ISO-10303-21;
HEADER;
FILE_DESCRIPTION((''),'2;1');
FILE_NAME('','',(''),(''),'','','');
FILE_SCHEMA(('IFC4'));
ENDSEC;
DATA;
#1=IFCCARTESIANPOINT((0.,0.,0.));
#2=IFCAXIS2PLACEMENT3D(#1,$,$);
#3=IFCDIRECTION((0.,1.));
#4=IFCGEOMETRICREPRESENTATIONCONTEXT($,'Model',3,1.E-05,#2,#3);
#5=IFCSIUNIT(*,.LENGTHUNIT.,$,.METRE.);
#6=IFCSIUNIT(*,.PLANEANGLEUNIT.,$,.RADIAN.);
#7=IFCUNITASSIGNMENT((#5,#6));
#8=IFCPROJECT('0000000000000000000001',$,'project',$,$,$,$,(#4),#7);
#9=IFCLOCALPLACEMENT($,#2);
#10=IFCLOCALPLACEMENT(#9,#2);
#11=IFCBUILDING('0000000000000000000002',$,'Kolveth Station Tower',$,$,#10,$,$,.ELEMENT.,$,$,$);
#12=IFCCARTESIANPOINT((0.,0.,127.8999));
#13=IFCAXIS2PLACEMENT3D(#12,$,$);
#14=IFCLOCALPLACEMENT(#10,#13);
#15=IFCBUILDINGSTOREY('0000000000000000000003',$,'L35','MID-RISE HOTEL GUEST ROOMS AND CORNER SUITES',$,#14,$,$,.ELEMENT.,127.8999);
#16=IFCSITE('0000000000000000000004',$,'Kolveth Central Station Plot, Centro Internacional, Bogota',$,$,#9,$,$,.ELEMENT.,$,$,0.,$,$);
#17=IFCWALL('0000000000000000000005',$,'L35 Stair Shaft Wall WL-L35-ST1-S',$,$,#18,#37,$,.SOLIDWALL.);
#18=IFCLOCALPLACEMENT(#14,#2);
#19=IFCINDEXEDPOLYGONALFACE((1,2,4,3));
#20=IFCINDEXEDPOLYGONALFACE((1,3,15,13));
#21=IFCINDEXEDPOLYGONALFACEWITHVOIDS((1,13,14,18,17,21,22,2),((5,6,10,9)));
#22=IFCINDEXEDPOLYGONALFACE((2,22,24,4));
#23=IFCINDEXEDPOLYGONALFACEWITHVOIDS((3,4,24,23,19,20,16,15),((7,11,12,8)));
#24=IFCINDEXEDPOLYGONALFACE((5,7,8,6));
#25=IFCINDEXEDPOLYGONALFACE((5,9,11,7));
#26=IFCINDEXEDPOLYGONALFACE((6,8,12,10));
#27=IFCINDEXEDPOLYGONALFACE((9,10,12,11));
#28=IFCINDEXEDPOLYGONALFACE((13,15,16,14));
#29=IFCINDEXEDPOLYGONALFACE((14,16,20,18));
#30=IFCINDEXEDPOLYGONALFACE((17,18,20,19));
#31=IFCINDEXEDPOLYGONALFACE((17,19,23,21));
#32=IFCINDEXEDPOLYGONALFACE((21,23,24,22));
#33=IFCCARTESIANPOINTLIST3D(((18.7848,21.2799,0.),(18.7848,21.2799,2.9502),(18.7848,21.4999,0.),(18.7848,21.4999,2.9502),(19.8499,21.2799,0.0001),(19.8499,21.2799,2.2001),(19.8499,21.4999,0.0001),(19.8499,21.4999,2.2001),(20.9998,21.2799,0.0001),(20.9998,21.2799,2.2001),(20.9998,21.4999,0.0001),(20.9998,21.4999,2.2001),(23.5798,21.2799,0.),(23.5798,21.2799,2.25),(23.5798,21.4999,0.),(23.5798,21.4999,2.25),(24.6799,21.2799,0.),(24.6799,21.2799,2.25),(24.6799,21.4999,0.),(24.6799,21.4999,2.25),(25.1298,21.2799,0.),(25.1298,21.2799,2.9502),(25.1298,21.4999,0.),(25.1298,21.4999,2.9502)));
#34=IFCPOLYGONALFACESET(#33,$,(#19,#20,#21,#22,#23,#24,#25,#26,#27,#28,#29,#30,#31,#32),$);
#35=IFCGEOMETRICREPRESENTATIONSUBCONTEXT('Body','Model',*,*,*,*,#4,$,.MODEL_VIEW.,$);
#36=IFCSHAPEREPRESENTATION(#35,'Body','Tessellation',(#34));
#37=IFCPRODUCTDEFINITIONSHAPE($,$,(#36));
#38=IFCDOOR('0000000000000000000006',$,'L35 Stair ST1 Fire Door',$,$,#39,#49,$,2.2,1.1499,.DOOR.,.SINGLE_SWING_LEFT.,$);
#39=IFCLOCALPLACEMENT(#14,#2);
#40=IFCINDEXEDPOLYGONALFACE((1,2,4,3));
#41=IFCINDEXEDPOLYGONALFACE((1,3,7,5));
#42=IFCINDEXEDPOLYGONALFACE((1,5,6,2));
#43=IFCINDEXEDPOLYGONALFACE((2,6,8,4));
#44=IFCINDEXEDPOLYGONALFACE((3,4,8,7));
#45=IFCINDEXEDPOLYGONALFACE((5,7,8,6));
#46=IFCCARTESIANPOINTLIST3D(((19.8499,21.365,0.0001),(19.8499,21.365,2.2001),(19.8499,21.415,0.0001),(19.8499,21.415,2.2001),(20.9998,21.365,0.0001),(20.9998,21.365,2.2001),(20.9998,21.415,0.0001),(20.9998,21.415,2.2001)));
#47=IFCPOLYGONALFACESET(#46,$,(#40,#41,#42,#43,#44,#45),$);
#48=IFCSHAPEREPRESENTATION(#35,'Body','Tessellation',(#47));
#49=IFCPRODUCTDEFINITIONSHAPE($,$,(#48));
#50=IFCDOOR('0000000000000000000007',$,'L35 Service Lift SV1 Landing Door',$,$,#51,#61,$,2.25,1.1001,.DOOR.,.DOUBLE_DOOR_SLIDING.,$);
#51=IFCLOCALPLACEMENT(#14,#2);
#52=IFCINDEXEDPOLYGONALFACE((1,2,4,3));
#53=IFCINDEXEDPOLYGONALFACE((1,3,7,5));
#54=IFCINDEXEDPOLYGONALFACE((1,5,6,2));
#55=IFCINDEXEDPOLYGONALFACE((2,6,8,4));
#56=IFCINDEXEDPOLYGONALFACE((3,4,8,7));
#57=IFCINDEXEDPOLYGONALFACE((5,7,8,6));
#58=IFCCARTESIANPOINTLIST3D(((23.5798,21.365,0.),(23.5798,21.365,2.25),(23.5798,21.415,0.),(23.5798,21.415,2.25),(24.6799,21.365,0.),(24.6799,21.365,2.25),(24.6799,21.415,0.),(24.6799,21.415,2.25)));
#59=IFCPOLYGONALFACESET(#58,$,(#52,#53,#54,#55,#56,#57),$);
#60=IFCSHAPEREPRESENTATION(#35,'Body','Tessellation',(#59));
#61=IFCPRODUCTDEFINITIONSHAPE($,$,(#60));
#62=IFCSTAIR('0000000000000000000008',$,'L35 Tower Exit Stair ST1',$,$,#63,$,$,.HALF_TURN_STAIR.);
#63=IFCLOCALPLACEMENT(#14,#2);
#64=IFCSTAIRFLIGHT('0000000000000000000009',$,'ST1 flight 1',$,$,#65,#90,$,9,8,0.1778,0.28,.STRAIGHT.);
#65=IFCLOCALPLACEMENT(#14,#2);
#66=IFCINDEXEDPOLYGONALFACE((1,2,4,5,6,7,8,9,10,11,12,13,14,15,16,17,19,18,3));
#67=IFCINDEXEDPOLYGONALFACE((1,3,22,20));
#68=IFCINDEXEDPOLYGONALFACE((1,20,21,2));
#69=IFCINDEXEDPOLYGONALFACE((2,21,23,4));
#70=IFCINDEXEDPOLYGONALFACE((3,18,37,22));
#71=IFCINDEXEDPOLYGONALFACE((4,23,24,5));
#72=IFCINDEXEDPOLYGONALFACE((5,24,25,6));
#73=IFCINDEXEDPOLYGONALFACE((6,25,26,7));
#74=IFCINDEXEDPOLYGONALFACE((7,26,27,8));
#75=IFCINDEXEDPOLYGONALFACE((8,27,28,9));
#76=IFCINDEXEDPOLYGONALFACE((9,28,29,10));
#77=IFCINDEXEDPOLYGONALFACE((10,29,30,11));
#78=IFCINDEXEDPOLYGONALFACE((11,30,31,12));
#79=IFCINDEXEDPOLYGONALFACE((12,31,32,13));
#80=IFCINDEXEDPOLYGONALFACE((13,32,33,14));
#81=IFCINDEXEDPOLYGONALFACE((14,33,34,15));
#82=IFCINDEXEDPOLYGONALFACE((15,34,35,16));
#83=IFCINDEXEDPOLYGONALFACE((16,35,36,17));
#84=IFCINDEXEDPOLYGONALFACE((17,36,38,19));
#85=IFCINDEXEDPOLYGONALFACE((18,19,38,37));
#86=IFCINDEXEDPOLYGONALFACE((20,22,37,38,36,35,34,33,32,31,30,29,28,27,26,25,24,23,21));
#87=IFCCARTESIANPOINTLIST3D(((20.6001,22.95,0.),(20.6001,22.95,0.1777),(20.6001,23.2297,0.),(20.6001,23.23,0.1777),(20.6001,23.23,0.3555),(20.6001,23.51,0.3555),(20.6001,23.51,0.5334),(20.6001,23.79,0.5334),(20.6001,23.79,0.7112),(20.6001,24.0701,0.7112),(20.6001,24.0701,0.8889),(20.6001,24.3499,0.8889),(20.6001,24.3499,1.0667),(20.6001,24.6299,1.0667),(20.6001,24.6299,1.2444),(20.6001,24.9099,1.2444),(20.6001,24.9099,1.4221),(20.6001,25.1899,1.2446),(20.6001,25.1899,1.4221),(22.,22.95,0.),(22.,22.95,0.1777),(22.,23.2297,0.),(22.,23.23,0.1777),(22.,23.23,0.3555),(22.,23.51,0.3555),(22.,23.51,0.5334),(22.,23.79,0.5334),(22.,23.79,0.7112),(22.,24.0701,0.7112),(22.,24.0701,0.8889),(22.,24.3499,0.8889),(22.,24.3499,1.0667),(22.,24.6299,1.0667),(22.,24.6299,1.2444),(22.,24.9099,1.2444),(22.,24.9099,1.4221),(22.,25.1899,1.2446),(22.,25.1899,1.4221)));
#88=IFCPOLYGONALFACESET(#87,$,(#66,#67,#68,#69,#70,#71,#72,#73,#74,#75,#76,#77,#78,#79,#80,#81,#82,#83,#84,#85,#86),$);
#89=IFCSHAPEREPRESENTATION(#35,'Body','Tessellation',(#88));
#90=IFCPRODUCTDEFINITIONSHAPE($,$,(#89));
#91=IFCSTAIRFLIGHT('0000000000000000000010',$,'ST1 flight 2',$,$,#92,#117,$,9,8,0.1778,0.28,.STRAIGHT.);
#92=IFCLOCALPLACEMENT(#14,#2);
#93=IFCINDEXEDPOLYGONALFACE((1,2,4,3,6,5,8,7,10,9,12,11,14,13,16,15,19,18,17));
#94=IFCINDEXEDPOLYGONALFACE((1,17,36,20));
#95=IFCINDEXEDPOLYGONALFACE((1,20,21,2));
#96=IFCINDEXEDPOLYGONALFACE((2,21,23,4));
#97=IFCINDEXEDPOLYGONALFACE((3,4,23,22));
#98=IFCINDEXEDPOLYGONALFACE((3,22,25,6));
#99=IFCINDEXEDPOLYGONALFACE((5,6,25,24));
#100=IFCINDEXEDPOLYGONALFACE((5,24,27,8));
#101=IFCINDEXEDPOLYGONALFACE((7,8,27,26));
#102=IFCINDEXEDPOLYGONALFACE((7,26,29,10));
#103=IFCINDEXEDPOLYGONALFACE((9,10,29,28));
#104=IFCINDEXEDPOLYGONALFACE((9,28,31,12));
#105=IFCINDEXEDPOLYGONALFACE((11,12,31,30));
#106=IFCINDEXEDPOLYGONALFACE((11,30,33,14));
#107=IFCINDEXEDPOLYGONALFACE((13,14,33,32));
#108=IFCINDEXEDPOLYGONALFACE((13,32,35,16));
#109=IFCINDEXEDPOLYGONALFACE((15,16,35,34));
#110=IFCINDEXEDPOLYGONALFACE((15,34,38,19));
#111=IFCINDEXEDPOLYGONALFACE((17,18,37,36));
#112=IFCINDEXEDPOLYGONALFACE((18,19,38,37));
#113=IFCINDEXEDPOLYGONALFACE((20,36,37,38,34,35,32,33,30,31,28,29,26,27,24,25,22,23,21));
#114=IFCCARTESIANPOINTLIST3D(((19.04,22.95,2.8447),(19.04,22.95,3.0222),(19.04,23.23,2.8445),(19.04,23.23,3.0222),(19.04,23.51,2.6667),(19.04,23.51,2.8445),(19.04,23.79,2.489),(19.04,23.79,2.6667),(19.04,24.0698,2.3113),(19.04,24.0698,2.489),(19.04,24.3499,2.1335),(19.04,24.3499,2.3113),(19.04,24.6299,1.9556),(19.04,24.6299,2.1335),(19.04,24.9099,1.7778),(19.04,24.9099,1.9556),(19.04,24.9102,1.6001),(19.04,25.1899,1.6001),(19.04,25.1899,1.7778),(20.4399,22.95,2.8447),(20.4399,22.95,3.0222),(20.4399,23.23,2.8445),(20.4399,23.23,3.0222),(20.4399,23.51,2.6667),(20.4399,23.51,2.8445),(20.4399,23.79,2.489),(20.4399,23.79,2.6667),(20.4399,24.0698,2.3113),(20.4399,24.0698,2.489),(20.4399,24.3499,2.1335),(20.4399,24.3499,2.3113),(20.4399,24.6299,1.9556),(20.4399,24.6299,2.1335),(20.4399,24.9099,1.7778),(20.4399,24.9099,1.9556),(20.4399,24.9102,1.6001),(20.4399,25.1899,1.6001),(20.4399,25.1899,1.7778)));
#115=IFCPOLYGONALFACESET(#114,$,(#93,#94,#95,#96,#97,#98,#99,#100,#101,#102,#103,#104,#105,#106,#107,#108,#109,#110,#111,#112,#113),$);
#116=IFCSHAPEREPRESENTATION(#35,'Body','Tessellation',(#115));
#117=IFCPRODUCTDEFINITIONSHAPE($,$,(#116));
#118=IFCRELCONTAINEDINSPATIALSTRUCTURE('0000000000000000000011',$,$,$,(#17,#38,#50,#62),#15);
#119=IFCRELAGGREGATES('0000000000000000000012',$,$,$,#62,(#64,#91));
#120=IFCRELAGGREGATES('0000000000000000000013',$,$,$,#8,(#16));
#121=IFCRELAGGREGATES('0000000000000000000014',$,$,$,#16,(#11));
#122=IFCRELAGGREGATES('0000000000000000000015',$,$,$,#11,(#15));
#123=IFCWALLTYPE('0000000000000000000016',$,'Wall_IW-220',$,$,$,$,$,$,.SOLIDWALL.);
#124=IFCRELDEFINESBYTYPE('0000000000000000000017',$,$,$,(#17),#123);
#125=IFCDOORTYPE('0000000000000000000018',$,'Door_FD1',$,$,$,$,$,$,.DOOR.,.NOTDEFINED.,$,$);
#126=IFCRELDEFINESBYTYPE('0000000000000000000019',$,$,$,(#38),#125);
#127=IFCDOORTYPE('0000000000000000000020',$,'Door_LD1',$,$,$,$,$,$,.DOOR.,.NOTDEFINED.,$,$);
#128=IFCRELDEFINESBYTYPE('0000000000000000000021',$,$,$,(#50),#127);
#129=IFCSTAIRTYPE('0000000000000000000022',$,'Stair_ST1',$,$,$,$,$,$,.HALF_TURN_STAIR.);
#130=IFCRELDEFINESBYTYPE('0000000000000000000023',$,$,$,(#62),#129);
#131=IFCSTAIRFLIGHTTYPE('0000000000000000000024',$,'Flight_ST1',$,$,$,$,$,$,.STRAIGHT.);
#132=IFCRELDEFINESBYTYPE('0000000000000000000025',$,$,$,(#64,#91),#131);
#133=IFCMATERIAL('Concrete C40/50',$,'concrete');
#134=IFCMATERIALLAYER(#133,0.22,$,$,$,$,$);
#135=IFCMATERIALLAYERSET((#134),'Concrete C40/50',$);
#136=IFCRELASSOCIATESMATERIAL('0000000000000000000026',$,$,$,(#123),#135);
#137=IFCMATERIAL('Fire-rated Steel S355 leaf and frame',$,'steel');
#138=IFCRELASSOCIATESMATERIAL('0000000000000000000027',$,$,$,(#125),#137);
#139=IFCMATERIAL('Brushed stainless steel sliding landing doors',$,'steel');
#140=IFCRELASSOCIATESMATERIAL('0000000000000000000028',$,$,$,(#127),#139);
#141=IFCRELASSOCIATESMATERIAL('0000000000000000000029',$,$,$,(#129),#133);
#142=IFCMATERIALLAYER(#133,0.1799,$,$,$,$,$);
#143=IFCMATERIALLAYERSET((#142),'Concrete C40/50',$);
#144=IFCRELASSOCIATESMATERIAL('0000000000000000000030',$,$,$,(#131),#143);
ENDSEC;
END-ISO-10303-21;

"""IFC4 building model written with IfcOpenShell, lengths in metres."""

from ifc_helpers import new_model, si_unit, direction, frame, frame_2d, origin, place, context, subcontext, project, spatial, polyline, rectangle, outline, extrude, material, layer, layer_set, type_object, element, fill, aggregate, save


model = new_model("IFC4")

# Units and contexts
model_context = context("Model", 3, precision=1e-05, world=origin(), true_north=direction((0.0, 1.0)))
body_context = subcontext(model_context, "Body", "Model", "MODEL_VIEW")
ifc_project = project(units=[si_unit("LENGTHUNIT", "METRE"), si_unit("PLANEANGLEUNIT", "RADIAN")], contexts=[model_context])

# Site, building, storey
site_placement = place(None, origin())
site = spatial("IfcSite", under=ifc_project, at=site_placement, Name="Kolveth Central Station Plot, Centro Internacional, Bogota", CompositionType="ELEMENT", RefElevation=0.0)
building_placement = place(site_placement, origin())
building = spatial("IfcBuilding", under=site, at=building_placement, Name="Kolveth Station Tower", CompositionType="ELEMENT")
storey_placement = place(building_placement, frame((0.0, 0.0, 127.8999)))
storey = spatial("IfcBuildingStorey", under=building, at=storey_placement, Name="L35", Description="MID-RISE HOTEL GUEST ROOMS AND CORNER SUITES", CompositionType="ELEMENT", Elevation=127.8999)

# Shared definitions
ifc_material_1 = material(Name="Concrete C40/50", Category="concrete")
ifc_layer_1 = layer(ifc_material_1, 0.22)
ifc_layer_set_1 = layer_set([ifc_layer_1], Name="Concrete C40/50")
wall_type_1 = type_object("IfcWallType", Name="Wall_IW-220", PredefinedType="SOLIDWALL", material=ifc_layer_set_1)

# Wall, openings, doors
wall_1_placement = place(storey_placement, frame((18.7849, 21.3899, 0.0), z_axis=(0.0, 0.0, 1.0), x_axis=(1.0, 0.0, 0.0)))
wall_1 = element("IfcWall", 1, at=wall_1_placement, inside=storey, type_object=wall_type_1, Name="L35 Stair Shaft Wall WL-L35-ST1-S", PredefinedType="SOLIDWALL", context=body_context, shape_type="SweptSolid", body=[
    extrude(rectangle(XDim=6.345, YDim=0.22, at=frame_2d((3.1724, 0.0))), origin(), (0.0, 0.0, 1.0), 2.9502),
])
opening_1_placement = place(wall_1_placement, frame((1.0649, 0.0, 0.0)))
opening_1 = element("IfcOpeningElement", 2, at=opening_1_placement, cuts=wall_1, PredefinedType="OPENING", context=body_context, shape_type="SweptSolid", body=[
    extrude(rectangle(XDim=1.1499, YDim=2.2, at=frame_2d((0.575, 1.1001))), frame((0.0, 0.1199, 0.0), z_axis=(0.0, -1.0, 0.0), x_axis=(1.0, 0.0, 0.0)), (0.0, 0.0, 1.0), 0.24),
])
opening_2_placement = place(wall_1_placement, frame((4.7949, 0.0, 0.0)))
opening_2 = element("IfcOpeningElement", 3, at=opening_2_placement, cuts=wall_1, PredefinedType="OPENING", context=body_context, shape_type="SweptSolid", body=[
    extrude(rectangle(XDim=1.1001, YDim=2.25, at=frame_2d((0.55, 1.125))), frame((0.0, 0.1199, 0.0), z_axis=(0.0, -1.0, 0.0), x_axis=(1.0, 0.0, 0.0)), (0.0, 0.0, 1.0), 0.24),
])
ifc_material_2 = material(Name="Fire-rated Steel S355 leaf and frame", Category="steel")
door_type_1 = type_object("IfcDoorType", Name="Door_FD1", OperationType="NOTDEFINED", PredefinedType="DOOR", material=ifc_material_2)
door_1_placement = place(opening_1_placement, frame((1.1499, 0.0, 0.0), z_axis=(0.0, 0.0, 1.0), x_axis=(-1.0, 0.0, 0.0)))
door_1 = element("IfcDoor", 4, at=door_1_placement, inside=storey, type_object=door_type_1, Name="L35 Stair ST1 Fire Door", OperationType="SINGLE_SWING_LEFT", OverallHeight=2.2, OverallWidth=1.1499, PredefinedType="DOOR", context=body_context, shape_type="SweptSolid", body=[
    extrude(rectangle(XDim=1.1499, YDim=2.2, at=frame_2d((0.575, 1.1001))), frame((0.0, 0.0249, 0.0), z_axis=(0.0, -1.0, 0.0), x_axis=(1.0, 0.0, 0.0)), (0.0, 0.0, 1.0), 0.05),
])
fill(opening_1, door_1)
ifc_material_3 = material(Name="Brushed stainless steel sliding landing doors", Category="steel")
door_type_2 = type_object("IfcDoorType", Name="Door_LD1", OperationType="NOTDEFINED", PredefinedType="DOOR", material=ifc_material_3)
door_2_placement = place(opening_2_placement, frame((1.1001, 0.0, 0.0), z_axis=(0.0, 0.0, 1.0), x_axis=(-1.0, 0.0, 0.0)))
door_2 = element("IfcDoor", 5, at=door_2_placement, inside=storey, type_object=door_type_2, Name="L35 Service Lift SV1 Landing Door", OperationType="DOUBLE_DOOR_SLIDING", OverallHeight=2.25, OverallWidth=1.1001, PredefinedType="DOOR", context=body_context, shape_type="SweptSolid", body=[
    extrude(rectangle(XDim=1.1001, YDim=2.25, at=frame_2d((0.55, 1.125))), frame((0.0, 0.0249, 0.0), z_axis=(0.0, -1.0, 0.0), x_axis=(1.0, 0.0, 0.0)), (0.0, 0.0, 1.0), 0.05),
])
fill(opening_2, door_2)

# Stair, stair flights
stair_type = type_object("IfcStairType", Name="Stair_ST1", PredefinedType="HALF_TURN_STAIR", material=ifc_material_1)
stair_placement = place(storey_placement, origin())
stair = element("IfcStair", 6, at=stair_placement, inside=storey, type_object=stair_type, Name="L35 Tower Exit Stair ST1", PredefinedType="HALF_TURN_STAIR")
ifc_layer_2 = layer(ifc_material_1, 0.1799)
ifc_layer_set_2 = layer_set([ifc_layer_2], Name="Concrete C40/50")
stair_flight_type = type_object("IfcStairFlightType", Name="Flight_ST1", PredefinedType="STRAIGHT", material=ifc_layer_set_2)
stair_flight_1_placement = place(storey_placement, frame((21.3, 22.95, 0.0), z_axis=(0.0, 0.0, 1.0), x_axis=(0.0, 1.0, 0.0)))
stair_flight_1 = element("IfcStairFlight", 7, at=stair_flight_1_placement, type_object=stair_flight_type, Name="ST1 flight 1", NumberOfRisers=9, NumberOfTreads=8, PredefinedType="STRAIGHT", RiserHeight=0.1778, TreadLength=0.28, context=body_context, shape_type="SweptSolid", body=[
    extrude(outline(polyline([(0.0, 0.0), (0.0, 0.1777), (0.28, 0.1777), (0.28, 0.3555), (0.5601, 0.3555), (0.5601, 0.5334), (0.8401, 0.5334), (0.8401, 0.7112), (1.1201, 0.7112), (1.1201, 0.8889), (1.3999, 0.8889), (1.3999, 1.0667), (1.6799, 1.0667), (1.6799, 1.2444), (1.96, 1.2444), (1.96, 1.4221), (2.24, 1.4221), (2.24, 1.6001), (2.24, 1.2446), (0.2798, 0.0), (0.0, 0.0)])), frame((0.0, 0.7, 0.0), z_axis=(0.0, -1.0, 0.0), x_axis=(1.0, 0.0, 0.0)), (0.0, 0.0, 1.0), 1.3999),
])
stair_flight_2_placement = place(storey_placement, frame((19.74, 25.1899, 1.6001), z_axis=(0.0, 0.0, 1.0), x_axis=(0.0, -1.0, 0.0)))
stair_flight_2 = element("IfcStairFlight", 8, at=stair_flight_2_placement, type_object=stair_flight_type, Name="ST1 flight 2", NumberOfRisers=9, NumberOfTreads=8, PredefinedType="STRAIGHT", RiserHeight=0.1778, TreadLength=0.28, context=body_context, shape_type="SweptSolid", body=[
    extrude(outline(polyline([(0.0, 0.0), (0.0, 0.1777), (0.28, 0.1777), (0.28, 0.3555), (0.5601, 0.3555), (0.5601, 0.5334), (0.8401, 0.5334), (0.8401, 0.7112), (1.1201, 0.7112), (1.1201, 0.8889), (1.3999, 0.8889), (1.3999, 1.0667), (1.6799, 1.0667), (1.6799, 1.2444), (1.96, 1.2444), (1.96, 1.4221), (2.24, 1.4221), (2.24, 1.6001), (2.24, 1.2446), (0.2798, 0.0), (0.0, 0.0)])), frame((0.0, 0.7, 0.0), z_axis=(0.0, -1.0, 0.0), x_axis=(1.0, 0.0, 0.0)), (0.0, 0.0, 1.0), 1.3999),
])
aggregate(stair, [stair_flight_1, stair_flight_2])

save(model, "model.ifc")
